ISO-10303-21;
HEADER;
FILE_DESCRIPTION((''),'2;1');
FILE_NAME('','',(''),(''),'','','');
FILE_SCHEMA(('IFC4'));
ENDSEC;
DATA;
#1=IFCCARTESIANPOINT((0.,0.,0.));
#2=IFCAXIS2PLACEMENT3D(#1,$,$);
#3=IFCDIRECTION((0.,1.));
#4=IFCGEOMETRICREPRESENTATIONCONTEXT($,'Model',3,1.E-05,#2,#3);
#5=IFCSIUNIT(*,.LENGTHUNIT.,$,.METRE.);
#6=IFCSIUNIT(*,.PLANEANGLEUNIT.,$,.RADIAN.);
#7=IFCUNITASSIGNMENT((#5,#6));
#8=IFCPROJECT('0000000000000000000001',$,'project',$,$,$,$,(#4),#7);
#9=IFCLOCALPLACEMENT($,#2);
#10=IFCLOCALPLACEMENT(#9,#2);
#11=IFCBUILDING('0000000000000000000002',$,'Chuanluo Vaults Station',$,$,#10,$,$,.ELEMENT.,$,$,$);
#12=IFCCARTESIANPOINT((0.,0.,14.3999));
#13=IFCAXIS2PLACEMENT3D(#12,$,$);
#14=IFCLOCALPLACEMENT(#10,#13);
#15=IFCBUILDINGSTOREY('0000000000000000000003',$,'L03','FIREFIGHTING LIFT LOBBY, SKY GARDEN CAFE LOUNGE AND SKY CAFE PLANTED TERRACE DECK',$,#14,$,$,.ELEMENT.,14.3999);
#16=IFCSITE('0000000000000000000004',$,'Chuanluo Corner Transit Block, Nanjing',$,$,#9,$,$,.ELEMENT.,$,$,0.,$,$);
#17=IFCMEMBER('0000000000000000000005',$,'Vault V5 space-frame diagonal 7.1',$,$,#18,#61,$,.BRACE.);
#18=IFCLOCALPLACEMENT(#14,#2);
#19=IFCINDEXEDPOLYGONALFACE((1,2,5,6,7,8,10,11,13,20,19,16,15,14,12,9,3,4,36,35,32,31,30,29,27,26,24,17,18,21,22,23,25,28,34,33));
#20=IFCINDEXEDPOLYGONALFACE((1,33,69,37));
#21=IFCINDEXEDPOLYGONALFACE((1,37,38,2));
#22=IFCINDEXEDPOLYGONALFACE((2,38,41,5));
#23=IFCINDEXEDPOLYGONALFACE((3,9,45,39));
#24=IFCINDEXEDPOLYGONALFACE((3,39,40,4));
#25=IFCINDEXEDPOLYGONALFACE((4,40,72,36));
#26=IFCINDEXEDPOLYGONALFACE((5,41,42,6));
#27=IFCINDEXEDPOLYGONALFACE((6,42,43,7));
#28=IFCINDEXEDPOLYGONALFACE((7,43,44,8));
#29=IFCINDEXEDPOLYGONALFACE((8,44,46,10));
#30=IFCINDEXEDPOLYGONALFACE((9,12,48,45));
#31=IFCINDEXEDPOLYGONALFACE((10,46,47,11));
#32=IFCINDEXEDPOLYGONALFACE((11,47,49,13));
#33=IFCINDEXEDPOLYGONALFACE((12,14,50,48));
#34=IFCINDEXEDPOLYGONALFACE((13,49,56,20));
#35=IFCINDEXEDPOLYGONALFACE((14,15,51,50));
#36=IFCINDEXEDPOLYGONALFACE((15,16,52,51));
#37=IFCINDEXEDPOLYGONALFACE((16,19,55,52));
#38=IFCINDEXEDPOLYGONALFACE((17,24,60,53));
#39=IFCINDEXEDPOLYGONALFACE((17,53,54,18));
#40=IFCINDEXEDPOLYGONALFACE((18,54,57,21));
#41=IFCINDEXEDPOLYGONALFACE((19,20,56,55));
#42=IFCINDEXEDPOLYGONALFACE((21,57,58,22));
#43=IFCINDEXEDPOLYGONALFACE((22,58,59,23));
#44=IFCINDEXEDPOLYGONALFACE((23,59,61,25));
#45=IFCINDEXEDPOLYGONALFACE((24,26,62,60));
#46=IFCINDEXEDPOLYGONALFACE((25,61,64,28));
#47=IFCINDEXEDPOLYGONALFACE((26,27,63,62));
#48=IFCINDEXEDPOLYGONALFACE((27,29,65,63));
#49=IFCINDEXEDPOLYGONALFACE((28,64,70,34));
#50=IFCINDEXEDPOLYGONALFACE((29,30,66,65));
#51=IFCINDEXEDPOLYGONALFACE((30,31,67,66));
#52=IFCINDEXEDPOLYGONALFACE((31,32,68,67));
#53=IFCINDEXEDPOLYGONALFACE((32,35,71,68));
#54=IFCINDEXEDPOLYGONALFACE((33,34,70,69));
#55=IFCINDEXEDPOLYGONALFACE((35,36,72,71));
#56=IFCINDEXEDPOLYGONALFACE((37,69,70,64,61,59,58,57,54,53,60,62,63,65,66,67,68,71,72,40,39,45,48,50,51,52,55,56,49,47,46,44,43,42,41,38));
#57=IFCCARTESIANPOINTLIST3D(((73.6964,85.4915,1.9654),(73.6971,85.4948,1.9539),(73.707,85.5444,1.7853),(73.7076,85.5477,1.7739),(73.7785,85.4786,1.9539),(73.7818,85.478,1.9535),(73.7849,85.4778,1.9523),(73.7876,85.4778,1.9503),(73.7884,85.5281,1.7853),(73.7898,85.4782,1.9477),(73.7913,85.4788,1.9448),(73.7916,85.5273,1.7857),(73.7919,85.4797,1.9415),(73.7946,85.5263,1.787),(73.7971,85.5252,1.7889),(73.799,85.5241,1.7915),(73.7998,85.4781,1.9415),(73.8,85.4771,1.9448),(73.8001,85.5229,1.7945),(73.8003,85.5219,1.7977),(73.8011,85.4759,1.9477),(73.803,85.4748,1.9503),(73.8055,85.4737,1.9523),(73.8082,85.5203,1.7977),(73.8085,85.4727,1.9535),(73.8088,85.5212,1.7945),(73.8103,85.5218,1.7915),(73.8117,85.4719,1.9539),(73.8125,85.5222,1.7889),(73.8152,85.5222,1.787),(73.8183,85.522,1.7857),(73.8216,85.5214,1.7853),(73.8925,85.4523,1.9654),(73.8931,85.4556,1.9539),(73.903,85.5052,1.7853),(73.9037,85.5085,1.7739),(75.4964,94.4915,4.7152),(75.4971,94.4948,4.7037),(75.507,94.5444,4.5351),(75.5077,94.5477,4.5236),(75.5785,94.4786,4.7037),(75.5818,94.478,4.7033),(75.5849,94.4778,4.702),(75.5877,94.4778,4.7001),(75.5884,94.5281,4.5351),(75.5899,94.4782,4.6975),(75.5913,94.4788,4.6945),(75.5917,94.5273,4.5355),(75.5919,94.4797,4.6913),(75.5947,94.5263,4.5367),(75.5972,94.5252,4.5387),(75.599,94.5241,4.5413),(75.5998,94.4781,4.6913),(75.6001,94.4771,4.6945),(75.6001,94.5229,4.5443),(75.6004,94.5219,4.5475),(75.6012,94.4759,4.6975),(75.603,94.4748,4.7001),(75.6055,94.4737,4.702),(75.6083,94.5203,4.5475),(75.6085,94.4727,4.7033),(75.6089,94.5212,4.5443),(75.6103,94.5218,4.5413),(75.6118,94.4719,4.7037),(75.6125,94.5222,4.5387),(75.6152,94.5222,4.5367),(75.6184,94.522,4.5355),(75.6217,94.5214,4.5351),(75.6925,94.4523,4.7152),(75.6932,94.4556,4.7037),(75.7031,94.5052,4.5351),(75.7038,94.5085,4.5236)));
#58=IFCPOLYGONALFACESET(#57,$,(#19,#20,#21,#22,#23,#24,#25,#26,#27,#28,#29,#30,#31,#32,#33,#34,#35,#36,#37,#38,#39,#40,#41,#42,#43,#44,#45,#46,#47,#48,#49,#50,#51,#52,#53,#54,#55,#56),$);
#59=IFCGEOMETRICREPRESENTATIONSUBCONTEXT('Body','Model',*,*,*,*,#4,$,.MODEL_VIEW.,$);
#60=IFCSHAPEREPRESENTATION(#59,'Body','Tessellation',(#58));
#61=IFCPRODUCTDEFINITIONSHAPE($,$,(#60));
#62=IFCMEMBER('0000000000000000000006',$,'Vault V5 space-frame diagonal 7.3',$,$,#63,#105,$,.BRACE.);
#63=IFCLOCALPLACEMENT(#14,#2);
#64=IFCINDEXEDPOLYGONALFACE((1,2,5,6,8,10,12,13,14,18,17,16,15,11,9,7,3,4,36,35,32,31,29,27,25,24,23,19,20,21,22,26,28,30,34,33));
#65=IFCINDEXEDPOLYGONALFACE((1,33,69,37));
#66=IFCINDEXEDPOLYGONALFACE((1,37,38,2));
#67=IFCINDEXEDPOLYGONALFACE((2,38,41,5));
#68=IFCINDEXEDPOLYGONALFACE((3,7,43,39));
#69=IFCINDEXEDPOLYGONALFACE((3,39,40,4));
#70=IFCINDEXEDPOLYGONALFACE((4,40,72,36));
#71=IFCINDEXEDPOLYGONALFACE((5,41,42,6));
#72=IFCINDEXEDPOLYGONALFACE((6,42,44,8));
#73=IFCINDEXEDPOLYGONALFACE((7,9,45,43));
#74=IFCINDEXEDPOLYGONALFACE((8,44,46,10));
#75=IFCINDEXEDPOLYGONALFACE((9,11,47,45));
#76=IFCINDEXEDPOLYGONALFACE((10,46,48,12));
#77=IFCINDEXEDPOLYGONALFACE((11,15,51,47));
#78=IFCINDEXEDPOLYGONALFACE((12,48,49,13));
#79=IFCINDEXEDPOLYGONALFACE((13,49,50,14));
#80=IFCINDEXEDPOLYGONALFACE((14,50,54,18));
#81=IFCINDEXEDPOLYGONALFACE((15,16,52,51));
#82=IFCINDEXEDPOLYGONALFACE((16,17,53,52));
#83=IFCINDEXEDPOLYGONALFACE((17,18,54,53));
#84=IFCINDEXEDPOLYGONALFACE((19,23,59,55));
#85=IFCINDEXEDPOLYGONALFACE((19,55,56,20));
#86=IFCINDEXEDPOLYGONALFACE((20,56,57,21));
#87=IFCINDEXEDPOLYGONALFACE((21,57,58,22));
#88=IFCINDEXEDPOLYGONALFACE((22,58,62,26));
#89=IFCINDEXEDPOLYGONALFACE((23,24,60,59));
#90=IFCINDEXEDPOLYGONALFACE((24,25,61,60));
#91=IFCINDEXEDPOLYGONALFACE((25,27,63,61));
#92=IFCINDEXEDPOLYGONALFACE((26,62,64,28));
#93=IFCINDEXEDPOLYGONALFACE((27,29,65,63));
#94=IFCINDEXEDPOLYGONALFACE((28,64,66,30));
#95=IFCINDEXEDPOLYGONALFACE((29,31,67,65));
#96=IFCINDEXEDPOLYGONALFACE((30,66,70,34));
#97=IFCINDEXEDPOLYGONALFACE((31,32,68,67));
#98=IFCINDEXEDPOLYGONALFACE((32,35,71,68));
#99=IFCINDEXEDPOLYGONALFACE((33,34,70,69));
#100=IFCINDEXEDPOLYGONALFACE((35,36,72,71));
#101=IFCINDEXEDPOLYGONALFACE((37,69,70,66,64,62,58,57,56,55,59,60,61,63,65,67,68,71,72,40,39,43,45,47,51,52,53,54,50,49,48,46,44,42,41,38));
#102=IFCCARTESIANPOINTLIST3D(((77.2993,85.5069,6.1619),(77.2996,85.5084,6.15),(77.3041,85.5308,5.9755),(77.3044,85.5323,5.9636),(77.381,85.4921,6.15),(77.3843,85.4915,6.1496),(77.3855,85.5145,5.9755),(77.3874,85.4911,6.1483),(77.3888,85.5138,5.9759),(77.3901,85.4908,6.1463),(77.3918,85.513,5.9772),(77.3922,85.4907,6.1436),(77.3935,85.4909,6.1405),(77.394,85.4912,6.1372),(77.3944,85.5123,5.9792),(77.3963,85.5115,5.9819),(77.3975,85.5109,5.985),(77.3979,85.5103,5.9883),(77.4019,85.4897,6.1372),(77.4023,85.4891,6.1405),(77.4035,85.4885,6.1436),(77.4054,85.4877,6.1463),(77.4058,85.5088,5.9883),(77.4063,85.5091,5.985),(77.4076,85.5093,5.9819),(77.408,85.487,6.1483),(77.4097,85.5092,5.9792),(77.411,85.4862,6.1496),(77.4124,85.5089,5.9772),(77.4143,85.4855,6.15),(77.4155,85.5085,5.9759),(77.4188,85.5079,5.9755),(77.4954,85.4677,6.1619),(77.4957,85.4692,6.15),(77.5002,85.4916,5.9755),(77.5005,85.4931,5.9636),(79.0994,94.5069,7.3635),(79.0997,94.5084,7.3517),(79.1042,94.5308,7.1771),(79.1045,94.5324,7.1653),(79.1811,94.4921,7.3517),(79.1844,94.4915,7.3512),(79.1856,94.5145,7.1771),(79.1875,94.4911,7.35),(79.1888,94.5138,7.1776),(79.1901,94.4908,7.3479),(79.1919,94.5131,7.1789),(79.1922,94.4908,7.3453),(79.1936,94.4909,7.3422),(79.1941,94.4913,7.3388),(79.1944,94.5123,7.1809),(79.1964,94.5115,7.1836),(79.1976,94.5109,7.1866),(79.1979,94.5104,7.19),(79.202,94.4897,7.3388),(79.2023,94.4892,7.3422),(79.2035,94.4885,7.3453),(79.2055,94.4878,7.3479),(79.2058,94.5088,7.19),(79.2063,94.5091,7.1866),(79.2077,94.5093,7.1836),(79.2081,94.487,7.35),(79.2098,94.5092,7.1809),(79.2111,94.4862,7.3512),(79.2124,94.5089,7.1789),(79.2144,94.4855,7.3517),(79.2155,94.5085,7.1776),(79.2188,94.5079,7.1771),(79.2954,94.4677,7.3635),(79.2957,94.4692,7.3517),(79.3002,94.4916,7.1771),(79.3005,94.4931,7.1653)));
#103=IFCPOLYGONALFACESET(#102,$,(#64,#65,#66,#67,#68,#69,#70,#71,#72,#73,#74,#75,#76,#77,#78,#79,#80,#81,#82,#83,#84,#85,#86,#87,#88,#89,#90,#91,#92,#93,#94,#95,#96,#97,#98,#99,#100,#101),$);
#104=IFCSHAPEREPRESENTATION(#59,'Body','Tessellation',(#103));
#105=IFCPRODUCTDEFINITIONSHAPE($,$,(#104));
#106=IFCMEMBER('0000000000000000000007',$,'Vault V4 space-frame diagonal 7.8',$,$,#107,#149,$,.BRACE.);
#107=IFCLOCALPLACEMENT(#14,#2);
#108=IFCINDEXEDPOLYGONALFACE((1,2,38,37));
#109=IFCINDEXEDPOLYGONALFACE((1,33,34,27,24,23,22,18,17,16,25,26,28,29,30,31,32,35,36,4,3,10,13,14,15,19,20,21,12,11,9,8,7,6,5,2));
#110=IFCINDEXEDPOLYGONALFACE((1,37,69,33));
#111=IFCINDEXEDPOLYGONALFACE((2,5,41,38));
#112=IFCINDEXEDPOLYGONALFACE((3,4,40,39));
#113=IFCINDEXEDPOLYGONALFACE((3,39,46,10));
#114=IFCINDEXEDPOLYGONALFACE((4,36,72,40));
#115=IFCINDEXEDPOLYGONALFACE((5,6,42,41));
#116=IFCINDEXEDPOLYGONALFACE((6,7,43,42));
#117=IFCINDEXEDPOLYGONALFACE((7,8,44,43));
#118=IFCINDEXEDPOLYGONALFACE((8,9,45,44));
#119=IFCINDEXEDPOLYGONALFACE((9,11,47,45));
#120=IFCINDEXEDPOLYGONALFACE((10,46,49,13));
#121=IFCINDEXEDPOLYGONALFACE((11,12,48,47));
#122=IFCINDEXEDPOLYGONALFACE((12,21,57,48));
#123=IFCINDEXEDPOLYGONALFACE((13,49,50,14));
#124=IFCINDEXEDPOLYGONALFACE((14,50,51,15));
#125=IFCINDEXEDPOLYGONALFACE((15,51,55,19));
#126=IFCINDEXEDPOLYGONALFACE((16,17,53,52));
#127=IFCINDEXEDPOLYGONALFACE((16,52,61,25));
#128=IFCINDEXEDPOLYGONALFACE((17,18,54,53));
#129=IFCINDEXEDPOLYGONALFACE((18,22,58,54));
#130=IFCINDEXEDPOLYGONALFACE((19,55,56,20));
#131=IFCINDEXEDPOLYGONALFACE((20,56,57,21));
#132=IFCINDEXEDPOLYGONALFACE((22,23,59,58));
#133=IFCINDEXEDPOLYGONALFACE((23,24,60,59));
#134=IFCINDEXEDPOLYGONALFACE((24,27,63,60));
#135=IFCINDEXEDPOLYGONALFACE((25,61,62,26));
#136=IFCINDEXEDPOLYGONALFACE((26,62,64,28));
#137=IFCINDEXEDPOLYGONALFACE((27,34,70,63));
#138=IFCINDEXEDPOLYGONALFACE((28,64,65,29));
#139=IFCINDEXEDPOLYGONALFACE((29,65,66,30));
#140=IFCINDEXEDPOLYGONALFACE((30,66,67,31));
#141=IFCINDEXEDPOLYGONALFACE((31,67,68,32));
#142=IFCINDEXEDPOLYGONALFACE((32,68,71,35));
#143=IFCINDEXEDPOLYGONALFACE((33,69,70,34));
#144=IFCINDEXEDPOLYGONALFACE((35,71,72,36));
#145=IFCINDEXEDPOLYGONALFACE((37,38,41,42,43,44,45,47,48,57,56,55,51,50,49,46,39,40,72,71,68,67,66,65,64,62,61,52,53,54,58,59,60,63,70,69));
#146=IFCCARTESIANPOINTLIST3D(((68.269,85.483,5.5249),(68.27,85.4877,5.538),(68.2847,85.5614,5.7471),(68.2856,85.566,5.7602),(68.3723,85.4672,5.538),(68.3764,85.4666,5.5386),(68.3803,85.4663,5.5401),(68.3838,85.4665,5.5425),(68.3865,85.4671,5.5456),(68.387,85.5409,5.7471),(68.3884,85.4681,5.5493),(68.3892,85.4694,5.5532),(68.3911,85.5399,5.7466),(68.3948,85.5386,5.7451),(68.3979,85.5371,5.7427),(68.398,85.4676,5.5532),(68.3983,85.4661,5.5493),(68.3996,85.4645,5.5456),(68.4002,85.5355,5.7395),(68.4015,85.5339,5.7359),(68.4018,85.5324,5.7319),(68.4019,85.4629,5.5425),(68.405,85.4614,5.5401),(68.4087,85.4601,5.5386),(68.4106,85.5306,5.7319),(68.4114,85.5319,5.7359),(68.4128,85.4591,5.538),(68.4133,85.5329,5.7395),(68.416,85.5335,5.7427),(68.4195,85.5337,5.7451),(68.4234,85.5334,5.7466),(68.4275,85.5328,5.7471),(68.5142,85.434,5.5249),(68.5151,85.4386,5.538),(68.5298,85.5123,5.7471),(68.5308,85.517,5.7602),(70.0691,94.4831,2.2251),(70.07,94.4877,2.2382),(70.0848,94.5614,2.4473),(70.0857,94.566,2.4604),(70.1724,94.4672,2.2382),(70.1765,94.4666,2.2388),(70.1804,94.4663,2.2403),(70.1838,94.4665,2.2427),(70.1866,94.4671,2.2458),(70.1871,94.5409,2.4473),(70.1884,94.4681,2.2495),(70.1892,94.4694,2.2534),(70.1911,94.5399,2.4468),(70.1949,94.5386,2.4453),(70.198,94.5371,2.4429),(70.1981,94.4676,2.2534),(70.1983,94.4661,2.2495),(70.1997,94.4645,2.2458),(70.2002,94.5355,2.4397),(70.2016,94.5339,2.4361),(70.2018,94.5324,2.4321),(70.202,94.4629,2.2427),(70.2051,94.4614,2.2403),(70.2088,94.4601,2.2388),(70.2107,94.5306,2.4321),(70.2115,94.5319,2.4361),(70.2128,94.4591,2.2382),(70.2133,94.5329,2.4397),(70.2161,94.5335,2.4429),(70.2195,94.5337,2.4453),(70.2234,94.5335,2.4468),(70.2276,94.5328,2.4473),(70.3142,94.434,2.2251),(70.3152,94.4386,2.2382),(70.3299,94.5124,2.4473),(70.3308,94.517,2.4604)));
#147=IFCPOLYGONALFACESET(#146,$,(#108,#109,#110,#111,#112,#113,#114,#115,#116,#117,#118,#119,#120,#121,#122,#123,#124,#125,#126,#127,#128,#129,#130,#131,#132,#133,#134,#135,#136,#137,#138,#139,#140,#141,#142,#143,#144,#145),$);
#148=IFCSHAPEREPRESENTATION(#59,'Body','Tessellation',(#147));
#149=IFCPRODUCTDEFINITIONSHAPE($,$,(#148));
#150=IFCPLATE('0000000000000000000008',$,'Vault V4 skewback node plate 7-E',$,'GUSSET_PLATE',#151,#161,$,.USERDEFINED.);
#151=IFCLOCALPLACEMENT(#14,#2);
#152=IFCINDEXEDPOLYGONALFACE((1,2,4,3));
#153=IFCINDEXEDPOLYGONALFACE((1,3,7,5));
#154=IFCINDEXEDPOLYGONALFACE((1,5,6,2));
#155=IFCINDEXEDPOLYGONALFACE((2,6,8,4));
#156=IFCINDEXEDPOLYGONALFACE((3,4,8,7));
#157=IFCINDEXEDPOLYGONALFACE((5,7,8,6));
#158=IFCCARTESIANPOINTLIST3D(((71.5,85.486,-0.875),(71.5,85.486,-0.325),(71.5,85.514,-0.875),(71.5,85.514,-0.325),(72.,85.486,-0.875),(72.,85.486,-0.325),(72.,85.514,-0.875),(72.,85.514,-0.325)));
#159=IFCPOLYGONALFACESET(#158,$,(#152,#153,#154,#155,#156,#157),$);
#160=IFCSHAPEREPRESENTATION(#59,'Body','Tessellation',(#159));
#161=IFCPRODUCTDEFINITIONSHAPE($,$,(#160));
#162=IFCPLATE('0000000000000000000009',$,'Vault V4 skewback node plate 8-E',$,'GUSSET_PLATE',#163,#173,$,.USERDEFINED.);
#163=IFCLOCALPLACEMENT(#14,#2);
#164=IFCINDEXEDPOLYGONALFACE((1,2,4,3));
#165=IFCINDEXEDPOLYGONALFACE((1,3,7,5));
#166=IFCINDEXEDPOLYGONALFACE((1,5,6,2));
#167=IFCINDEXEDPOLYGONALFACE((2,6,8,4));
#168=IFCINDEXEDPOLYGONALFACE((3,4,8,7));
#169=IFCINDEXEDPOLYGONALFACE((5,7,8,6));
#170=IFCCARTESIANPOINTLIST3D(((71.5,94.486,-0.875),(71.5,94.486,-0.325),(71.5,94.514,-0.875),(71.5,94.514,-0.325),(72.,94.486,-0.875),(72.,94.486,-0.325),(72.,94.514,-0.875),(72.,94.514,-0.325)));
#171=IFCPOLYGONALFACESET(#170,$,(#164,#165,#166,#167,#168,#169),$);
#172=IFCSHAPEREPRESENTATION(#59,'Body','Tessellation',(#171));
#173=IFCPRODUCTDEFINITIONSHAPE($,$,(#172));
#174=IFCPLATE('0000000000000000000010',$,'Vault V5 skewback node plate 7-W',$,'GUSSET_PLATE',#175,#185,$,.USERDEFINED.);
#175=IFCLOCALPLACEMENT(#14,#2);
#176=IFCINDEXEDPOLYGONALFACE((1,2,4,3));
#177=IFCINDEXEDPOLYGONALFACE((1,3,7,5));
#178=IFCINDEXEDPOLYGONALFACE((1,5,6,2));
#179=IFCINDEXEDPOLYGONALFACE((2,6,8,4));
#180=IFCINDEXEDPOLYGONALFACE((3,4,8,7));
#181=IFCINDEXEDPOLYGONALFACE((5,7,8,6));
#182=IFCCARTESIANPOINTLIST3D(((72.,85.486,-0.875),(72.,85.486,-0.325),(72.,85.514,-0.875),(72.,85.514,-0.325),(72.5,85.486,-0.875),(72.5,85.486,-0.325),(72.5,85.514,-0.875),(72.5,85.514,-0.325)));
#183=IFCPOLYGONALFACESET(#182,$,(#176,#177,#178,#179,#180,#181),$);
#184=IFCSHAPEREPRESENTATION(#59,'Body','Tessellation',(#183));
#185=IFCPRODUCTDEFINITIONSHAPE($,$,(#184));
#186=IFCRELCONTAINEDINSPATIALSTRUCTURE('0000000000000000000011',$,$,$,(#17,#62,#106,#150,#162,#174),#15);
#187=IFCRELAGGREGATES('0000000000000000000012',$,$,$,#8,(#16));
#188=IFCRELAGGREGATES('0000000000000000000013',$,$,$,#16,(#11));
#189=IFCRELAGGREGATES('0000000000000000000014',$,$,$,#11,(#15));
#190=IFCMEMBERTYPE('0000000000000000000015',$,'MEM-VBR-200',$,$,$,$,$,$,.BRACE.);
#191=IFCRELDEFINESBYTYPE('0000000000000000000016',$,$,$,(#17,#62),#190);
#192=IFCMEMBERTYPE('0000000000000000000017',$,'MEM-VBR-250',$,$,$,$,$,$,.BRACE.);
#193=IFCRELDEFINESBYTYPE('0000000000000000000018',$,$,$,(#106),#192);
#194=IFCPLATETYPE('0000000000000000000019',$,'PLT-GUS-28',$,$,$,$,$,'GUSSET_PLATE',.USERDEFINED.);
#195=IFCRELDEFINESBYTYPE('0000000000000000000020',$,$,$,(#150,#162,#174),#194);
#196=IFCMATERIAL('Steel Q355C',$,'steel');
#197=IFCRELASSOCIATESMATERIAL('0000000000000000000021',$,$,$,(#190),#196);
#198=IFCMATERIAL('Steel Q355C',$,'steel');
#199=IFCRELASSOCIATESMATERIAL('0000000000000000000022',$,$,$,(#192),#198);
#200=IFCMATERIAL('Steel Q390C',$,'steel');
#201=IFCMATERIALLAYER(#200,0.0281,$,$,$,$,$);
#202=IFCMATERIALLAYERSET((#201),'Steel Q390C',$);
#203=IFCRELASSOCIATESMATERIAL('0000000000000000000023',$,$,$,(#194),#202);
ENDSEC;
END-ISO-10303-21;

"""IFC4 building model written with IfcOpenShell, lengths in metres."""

from ifc_helpers import new_model, si_unit, direction, frame, origin, origin_2d, place, context, subcontext, project, spatial, rectangle, i_section, extrude, material, layer, layer_set, material_profile, profile_set, type_object, element, save


model = new_model("IFC4")

# Units and contexts
model_context = context("Model", 3, precision=1e-05, world=origin(), true_north=direction((0.0, 1.0)))
body_context = subcontext(model_context, "Body", "Model", "MODEL_VIEW")
ifc_project = project(units=[si_unit("LENGTHUNIT", "METRE"), si_unit("PLANEANGLEUNIT", "RADIAN")], contexts=[model_context])

# Site, building, storey
site_placement = place(None, origin())
site = spatial("IfcSite", under=ifc_project, at=site_placement, Name="Chuanluo Corner Transit Block, Nanjing", CompositionType="ELEMENT", RefElevation=0.0)
building_placement = place(site_placement, origin())
building = spatial("IfcBuilding", under=site, at=building_placement, Name="Chuanluo Vaults Station", CompositionType="ELEMENT")
storey_placement = place(building_placement, frame((0.0, 0.0, 14.3999)))
storey = spatial("IfcBuildingStorey", under=building, at=storey_placement, Name="L03", Description="FIREFIGHTING LIFT LOBBY, SKY GARDEN CAFE LOUNGE AND SKY CAFE PLANTED TERRACE DECK", CompositionType="ELEMENT", Elevation=14.3999)

# Members
ifc_material_1 = material(Name="Steel Q355C", Category="steel")
ifc_material_profile_1 = material_profile(ifc_material_1, i_section(OverallWidth=0.2, OverallDepth=0.2, WebThickness=0.0081, FlangeThickness=0.012, FilletRadius=0.0129, at=origin_2d()))
ifc_profile_set_1 = profile_set([ifc_material_profile_1], Name="Steel Q355C")
member_type_1 = type_object("IfcMemberType", Name="MEM-VBR-200", PredefinedType="BRACE", material=ifc_profile_set_1)
member_1_placement = place(storey_placement, frame((73.8, 85.5, 1.8696), z_axis=(0.187871, 0.93933, 0.286992), x_axis=(-0.98058, 0.196121, 0.0)))
element("IfcMember", 1, at=member_1_placement, inside=storey, type_object=member_type_1, Name="Vault V5 space-frame diagonal 7.1", PredefinedType="BRACE", context=body_context, shape_type="SweptSolid", body=[
    extrude(i_section(OverallWidth=0.2, OverallDepth=0.2, WebThickness=0.0081, FlangeThickness=0.012, FilletRadius=0.0129, at=origin_2d()), origin(), (0.0, 0.0, 1.0), 9.5813),
])
member_2_placement = place(storey_placement, frame((77.3999, 85.5, 6.0627), z_axis=(0.194462, 0.972282, 0.129817), x_axis=(-0.98058, 0.196121, 0.0)))
element("IfcMember", 2, at=member_2_placement, inside=storey, type_object=member_type_1, Name="Vault V5 space-frame diagonal 7.3", PredefinedType="BRACE", context=body_context, shape_type="SweptSolid", body=[
    extrude(i_section(OverallWidth=0.2, OverallDepth=0.2, WebThickness=0.0081, FlangeThickness=0.012, FilletRadius=0.0129, at=origin_2d()), origin(), (0.0, 0.0, 1.0), 9.2566),
])
ifc_material_2 = material(Name="Steel Q355C", Category="steel")
ifc_material_profile_2 = material_profile(ifc_material_2, i_section(OverallWidth=0.25, OverallDepth=0.25, WebThickness=0.009, FlangeThickness=0.0139, FilletRadius=0.0161, at=origin_2d()))
ifc_profile_set_2 = profile_set([ifc_material_profile_2], Name="Steel Q355C")
member_type_2 = type_object("IfcMemberType", Name="MEM-VBR-250", PredefinedType="BRACE", material=ifc_profile_set_2)
member_3_placement = place(storey_placement, frame((68.3999, 85.5, 5.6426), z_axis=(0.184556, 0.922755, -0.338323), x_axis=(-0.98058, 0.196121, 0.0)))
element("IfcMember", 3, at=member_3_placement, inside=storey, type_object=member_type_2, Name="Vault V4 space-frame diagonal 7.8", PredefinedType="BRACE", context=body_context, shape_type="SweptSolid", body=[
    extrude(i_section(OverallWidth=0.25, OverallDepth=0.25, WebThickness=0.009, FlangeThickness=0.0139, FilletRadius=0.0161, at=origin_2d()), origin(), (0.0, 0.0, 1.0), 9.7534),
])

# Plates
ifc_material_3 = material(Name="Steel Q390C", Category="steel")
ifc_layer = layer(ifc_material_3, 0.0281)
ifc_layer_set = layer_set([ifc_layer], Name="Steel Q390C")
plate_type = type_object("IfcPlateType", Name="PLT-GUS-28", ElementType="GUSSET_PLATE", PredefinedType="USERDEFINED", material=ifc_layer_set)
for number, where, z_axis, x_axis, name in (
    (4, (71.75, 85.5, -0.875), (0.0, 0.0, 1.0), (1.0, 0.0, 0.0), "Vault V4 skewback node plate 7-E"),
    (5, (71.75, 94.5, -0.875), (0.0, 0.0, 1.0), (1.0, 0.0, 0.0), "Vault V4 skewback node plate 8-E"),
    (6, (72.25, 85.5, -0.875), (0.0, 0.0, 1.0), (1.0, 0.0, 0.0), "Vault V5 skewback node plate 7-W"),
):
    element("IfcPlate", number, at=place(storey_placement, frame(where, z_axis=z_axis, x_axis=x_axis)), inside=storey, type_object=plate_type, Name=name, ObjectType="GUSSET_PLATE", PredefinedType="USERDEFINED", context=body_context, shape_type="SweptSolid", body=[
        extrude(rectangle(XDim=0.5, YDim=0.0281, at=origin_2d()), origin(), (0.0, 0.0, 1.0), 0.55),
    ])

save(model, "model.ifc")
